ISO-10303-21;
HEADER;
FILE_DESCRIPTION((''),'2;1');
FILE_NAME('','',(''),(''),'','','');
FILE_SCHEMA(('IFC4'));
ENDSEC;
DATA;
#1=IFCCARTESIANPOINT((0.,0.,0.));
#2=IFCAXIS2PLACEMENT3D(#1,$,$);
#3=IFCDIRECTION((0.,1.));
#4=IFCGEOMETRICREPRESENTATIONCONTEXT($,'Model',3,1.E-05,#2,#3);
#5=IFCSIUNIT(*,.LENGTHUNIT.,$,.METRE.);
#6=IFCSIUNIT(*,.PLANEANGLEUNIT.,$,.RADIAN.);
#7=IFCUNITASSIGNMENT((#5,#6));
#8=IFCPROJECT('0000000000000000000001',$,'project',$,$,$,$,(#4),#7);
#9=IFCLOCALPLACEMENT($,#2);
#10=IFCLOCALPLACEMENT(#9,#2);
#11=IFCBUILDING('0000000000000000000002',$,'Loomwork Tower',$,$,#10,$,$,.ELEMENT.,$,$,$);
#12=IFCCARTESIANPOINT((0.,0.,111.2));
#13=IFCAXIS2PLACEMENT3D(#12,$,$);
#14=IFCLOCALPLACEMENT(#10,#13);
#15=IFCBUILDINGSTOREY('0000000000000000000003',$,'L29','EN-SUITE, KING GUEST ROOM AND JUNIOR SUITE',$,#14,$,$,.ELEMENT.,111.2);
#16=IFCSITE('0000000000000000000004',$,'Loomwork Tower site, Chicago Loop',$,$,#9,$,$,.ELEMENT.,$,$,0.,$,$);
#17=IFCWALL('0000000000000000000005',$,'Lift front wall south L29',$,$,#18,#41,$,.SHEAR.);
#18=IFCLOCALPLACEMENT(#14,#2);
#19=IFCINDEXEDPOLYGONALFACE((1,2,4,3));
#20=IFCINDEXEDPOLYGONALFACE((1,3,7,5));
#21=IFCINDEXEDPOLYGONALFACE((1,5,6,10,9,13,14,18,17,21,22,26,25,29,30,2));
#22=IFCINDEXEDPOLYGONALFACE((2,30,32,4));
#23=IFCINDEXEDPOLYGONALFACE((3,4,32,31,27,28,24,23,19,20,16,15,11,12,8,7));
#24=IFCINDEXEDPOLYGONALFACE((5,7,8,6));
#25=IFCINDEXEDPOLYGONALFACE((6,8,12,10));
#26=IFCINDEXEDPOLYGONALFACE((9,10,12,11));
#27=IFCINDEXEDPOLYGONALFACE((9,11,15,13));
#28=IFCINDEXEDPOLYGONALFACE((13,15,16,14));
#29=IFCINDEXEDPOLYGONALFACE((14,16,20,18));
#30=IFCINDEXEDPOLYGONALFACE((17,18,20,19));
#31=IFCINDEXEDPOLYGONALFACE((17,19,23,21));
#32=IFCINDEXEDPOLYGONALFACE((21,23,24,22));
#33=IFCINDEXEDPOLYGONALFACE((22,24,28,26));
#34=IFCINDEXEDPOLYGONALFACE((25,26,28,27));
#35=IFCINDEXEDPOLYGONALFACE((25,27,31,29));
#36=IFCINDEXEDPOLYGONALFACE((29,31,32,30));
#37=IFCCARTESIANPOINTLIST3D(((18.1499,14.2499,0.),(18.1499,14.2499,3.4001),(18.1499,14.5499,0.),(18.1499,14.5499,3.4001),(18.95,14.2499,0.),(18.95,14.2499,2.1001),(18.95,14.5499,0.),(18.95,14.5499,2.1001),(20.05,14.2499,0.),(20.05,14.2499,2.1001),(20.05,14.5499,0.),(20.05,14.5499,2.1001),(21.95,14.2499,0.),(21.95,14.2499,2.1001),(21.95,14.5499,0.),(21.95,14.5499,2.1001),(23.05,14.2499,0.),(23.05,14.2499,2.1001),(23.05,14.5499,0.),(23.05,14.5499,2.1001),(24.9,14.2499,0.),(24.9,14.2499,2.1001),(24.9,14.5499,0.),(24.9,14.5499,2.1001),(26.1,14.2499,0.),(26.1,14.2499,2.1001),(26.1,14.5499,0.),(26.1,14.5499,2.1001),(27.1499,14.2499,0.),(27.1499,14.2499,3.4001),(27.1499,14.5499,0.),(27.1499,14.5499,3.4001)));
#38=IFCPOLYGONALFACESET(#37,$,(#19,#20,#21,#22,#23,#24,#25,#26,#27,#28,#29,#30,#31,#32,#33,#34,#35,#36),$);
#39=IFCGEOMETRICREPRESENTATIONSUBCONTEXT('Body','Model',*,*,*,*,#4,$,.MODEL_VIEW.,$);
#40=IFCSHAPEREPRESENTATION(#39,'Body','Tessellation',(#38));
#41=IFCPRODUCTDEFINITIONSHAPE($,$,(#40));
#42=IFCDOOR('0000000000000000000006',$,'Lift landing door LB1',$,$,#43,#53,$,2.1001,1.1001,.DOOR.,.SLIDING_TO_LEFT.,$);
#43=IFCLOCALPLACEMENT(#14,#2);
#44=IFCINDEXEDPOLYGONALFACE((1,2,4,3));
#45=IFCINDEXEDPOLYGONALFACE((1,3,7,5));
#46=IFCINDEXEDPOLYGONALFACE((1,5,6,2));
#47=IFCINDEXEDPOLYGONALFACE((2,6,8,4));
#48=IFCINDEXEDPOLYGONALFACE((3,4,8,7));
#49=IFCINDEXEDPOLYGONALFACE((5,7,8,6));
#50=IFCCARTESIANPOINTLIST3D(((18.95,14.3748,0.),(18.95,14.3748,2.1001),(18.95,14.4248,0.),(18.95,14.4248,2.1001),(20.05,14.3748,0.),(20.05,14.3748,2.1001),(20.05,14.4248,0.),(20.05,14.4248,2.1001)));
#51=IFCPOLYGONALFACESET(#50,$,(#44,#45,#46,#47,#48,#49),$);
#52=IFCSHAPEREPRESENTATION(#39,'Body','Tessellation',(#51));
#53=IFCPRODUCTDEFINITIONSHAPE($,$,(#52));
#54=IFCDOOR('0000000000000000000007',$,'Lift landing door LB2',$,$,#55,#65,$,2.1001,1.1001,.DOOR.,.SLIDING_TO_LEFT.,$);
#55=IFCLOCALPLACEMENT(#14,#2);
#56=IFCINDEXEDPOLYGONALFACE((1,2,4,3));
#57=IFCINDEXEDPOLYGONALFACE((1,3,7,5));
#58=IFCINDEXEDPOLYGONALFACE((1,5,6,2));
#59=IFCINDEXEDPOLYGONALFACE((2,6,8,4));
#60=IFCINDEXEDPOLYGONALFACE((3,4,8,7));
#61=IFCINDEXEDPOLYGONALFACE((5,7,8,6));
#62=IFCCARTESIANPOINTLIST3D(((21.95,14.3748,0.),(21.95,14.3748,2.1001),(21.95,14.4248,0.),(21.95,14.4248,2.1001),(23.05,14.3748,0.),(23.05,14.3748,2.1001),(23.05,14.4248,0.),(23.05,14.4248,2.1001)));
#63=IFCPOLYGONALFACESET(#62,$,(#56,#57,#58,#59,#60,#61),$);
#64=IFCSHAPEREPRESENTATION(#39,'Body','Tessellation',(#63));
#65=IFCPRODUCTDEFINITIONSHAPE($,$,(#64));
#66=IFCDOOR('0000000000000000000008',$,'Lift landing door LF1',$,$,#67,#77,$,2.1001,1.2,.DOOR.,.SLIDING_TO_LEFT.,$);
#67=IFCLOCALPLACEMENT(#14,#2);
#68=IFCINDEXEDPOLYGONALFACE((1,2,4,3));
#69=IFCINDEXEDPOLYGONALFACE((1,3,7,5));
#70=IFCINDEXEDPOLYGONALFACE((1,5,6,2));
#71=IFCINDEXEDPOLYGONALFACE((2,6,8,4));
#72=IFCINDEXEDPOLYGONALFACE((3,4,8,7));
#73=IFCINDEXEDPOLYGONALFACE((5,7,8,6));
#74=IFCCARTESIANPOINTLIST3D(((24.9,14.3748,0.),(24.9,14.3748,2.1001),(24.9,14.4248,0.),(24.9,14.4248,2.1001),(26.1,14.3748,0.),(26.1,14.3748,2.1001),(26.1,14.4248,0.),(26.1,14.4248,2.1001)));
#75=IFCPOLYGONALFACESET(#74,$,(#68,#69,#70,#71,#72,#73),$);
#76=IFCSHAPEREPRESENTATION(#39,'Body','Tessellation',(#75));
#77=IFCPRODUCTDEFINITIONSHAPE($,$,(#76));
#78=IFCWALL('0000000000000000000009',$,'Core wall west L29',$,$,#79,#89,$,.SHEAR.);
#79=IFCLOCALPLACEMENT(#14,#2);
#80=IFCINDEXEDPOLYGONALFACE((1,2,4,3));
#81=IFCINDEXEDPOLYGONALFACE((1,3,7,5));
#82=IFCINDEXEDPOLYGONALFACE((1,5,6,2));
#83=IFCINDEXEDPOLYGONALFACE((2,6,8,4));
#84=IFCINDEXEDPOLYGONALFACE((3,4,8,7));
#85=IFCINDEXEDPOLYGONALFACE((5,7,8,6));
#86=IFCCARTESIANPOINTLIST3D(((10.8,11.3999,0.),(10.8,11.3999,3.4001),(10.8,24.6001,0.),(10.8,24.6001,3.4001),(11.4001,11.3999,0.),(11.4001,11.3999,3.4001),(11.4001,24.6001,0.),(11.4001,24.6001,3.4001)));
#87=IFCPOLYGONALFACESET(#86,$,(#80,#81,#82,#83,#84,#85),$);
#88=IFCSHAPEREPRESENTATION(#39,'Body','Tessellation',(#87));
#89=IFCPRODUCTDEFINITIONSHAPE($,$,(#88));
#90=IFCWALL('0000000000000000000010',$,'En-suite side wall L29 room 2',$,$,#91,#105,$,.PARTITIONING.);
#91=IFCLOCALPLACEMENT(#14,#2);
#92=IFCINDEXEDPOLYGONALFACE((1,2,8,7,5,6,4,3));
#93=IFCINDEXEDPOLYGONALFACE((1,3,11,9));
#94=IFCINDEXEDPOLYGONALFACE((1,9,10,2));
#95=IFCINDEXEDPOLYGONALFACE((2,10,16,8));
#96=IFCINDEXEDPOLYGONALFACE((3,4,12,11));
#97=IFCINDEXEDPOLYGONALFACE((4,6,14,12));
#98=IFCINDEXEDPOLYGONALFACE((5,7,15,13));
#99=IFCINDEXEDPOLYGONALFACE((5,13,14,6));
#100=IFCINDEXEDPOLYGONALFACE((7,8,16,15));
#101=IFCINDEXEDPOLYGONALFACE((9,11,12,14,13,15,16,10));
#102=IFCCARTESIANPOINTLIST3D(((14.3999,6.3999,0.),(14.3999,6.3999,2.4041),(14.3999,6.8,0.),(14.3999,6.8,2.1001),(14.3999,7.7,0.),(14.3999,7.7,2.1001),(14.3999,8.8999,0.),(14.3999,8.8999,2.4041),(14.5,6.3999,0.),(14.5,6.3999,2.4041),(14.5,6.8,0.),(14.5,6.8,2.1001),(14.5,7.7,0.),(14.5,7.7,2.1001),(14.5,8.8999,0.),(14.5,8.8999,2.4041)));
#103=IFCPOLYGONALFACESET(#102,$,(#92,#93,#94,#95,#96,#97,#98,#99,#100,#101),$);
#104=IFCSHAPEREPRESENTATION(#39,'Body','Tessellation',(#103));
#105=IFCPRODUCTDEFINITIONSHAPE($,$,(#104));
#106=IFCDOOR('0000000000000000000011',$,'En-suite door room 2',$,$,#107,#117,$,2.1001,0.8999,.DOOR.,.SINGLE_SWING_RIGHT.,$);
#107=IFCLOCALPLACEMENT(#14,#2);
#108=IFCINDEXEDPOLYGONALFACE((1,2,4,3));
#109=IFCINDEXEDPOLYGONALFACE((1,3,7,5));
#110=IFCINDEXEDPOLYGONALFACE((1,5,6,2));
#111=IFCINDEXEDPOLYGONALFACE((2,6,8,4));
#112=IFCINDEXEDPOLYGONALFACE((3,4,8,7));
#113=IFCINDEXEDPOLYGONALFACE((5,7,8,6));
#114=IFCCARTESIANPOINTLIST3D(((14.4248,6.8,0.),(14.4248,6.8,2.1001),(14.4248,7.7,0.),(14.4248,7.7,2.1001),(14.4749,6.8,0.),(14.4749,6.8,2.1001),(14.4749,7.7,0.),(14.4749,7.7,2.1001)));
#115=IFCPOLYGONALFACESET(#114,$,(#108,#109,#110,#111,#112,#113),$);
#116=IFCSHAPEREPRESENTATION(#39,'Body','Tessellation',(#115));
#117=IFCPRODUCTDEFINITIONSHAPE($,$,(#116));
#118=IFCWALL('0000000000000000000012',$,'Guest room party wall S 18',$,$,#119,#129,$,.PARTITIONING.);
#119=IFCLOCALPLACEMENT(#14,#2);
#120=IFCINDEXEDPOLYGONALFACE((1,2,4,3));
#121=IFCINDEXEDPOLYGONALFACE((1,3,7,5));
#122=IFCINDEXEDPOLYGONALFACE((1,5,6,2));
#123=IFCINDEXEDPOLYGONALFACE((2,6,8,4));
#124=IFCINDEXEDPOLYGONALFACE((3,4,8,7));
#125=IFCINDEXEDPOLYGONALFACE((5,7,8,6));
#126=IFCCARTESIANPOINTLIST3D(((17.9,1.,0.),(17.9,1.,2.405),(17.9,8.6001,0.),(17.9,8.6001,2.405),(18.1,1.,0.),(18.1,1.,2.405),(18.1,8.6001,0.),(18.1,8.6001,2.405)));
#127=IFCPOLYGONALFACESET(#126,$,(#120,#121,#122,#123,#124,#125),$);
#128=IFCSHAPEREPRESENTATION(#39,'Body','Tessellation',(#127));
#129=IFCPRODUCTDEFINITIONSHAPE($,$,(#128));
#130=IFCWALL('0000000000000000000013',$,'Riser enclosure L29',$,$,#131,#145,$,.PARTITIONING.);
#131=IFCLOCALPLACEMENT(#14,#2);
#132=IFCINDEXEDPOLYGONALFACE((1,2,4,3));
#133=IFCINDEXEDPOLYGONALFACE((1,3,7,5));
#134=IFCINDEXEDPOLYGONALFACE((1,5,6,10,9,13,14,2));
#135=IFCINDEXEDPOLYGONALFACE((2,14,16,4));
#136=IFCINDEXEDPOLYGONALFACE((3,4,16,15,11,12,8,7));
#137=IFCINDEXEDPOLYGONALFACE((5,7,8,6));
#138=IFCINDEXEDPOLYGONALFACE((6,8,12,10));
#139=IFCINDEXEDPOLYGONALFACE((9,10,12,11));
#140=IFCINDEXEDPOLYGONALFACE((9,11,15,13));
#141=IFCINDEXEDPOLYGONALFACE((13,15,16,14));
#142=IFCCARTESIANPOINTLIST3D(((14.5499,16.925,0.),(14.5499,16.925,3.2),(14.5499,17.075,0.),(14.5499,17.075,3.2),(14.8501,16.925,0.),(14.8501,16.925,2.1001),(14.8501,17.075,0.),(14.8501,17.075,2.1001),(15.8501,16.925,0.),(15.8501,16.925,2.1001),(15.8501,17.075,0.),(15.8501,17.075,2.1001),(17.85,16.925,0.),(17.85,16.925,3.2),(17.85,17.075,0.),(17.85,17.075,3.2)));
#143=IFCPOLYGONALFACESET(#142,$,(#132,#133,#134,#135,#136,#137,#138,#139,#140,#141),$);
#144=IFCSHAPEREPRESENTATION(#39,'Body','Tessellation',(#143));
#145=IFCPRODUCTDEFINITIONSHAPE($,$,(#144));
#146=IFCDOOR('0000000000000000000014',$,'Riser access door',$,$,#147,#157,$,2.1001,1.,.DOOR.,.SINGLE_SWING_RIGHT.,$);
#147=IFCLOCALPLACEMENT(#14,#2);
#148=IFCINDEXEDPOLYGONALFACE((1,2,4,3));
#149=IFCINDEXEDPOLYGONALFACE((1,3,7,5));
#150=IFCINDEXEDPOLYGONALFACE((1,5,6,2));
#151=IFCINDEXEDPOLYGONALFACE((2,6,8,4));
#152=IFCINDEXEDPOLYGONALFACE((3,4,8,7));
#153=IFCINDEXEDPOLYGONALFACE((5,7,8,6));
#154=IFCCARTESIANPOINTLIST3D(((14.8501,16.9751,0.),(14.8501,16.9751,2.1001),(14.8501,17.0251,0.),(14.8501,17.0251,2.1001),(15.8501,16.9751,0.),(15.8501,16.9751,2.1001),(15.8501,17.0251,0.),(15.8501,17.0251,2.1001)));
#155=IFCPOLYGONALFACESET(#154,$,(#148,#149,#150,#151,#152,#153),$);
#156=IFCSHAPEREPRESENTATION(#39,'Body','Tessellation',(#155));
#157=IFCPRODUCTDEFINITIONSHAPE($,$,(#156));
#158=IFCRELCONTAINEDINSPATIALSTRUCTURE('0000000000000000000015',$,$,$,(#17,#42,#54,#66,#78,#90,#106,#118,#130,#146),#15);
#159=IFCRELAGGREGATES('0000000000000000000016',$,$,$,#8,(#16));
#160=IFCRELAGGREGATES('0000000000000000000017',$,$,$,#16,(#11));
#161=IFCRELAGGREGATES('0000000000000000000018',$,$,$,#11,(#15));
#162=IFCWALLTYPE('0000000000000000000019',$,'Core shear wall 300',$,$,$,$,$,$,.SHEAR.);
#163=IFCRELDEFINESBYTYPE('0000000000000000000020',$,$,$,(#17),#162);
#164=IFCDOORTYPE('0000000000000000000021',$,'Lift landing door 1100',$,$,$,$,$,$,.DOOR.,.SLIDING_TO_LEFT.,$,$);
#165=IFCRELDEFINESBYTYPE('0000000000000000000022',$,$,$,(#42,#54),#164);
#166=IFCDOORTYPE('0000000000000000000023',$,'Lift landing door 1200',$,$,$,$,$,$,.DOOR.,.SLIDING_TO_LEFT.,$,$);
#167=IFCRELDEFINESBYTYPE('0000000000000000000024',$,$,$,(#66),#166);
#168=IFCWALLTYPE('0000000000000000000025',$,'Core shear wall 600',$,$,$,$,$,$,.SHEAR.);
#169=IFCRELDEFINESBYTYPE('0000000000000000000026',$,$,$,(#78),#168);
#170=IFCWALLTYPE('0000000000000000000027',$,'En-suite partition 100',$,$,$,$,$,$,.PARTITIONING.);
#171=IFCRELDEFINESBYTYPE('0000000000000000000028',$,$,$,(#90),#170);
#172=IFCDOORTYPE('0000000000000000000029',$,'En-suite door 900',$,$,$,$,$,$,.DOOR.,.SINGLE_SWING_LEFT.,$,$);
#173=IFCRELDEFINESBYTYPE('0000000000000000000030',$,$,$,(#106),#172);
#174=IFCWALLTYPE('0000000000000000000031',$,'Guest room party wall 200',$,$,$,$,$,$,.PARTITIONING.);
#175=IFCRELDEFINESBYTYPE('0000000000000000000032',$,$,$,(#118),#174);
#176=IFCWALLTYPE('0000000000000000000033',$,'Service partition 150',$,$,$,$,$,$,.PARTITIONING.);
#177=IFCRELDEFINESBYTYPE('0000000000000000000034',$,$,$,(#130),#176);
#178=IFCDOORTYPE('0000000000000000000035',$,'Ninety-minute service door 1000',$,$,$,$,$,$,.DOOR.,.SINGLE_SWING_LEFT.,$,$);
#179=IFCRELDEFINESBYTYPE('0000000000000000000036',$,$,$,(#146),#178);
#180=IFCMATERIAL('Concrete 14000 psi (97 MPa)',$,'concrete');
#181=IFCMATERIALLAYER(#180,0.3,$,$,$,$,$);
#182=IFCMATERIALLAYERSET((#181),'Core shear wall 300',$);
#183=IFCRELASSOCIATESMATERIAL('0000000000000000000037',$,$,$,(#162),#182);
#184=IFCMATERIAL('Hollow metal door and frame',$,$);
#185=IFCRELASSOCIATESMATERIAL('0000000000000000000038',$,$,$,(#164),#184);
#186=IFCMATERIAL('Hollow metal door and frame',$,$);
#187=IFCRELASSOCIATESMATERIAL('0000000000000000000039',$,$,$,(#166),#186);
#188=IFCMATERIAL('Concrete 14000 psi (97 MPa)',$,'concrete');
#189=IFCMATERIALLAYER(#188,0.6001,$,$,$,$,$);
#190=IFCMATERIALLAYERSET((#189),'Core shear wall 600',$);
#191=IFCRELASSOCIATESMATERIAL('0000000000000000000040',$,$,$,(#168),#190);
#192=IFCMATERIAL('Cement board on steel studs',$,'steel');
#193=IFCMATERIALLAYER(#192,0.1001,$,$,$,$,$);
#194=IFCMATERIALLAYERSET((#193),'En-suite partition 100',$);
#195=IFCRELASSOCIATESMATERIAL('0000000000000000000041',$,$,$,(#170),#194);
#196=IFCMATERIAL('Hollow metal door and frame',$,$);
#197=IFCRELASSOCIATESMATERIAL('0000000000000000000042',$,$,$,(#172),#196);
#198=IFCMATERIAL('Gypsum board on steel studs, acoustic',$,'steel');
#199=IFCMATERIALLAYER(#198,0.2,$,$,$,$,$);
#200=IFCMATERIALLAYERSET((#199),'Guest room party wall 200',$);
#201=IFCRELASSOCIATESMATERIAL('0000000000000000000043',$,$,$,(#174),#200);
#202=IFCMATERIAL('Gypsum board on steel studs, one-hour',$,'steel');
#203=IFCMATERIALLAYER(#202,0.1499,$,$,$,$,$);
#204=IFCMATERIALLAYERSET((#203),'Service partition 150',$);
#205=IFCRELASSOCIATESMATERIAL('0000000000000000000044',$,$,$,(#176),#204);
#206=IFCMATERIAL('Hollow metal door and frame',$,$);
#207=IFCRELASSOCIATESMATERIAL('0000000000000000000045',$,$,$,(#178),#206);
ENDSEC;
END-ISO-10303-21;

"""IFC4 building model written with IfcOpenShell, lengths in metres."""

from ifc_helpers import new_model, si_unit, direction, frame, frame_2d, origin, place, context, subcontext, project, spatial, rectangle, extrude, material, layer, layer_set, type_object, element, fill, save


model = new_model("IFC4")

# Units and contexts
model_context = context("Model", 3, precision=1e-05, world=origin(), true_north=direction((0.0, 1.0)))
body_context = subcontext(model_context, "Body", "Model", "MODEL_VIEW")
ifc_project = project(units=[si_unit("LENGTHUNIT", "METRE"), si_unit("PLANEANGLEUNIT", "RADIAN")], contexts=[model_context])

# Site, building, storey
site_placement = place(None, origin())
site = spatial("IfcSite", under=ifc_project, at=site_placement, Name="Loomwork Tower site, Chicago Loop", CompositionType="ELEMENT", RefElevation=0.0)
building_placement = place(site_placement, origin())
building = spatial("IfcBuilding", under=site, at=building_placement, Name="Loomwork Tower", CompositionType="ELEMENT")
storey_placement = place(building_placement, frame((0.0, 0.0, 111.2)))
storey = spatial("IfcBuildingStorey", under=building, at=storey_placement, Name="L29", Description="EN-SUITE, KING GUEST ROOM AND JUNIOR SUITE", CompositionType="ELEMENT", Elevation=111.2)

# Shared definitions
ifc_material_1 = material(Name="Concrete 14000 psi (97 MPa)", Category="concrete")
ifc_layer_1 = layer(ifc_material_1, 0.3)
ifc_layer_set_1 = layer_set([ifc_layer_1], Name="Core shear wall 300")
wall_type_1 = type_object("IfcWallType", Name="Core shear wall 300", PredefinedType="SHEAR", material=ifc_layer_set_1)

# Wall, openings, doors
wall_1_placement = place(storey_placement, frame((18.1499, 14.3999, 0.0), z_axis=(0.0, 0.0, 1.0), x_axis=(1.0, 0.0, 0.0)))
wall_1 = element("IfcWall", 1, at=wall_1_placement, inside=storey, type_object=wall_type_1, Name="Lift front wall south L29", PredefinedType="SHEAR", context=body_context, shape_type="SweptSolid", body=[
    extrude(rectangle(XDim=9.0, YDim=0.3, at=frame_2d((4.5, 0.0))), origin(), (0.0, 0.0, 1.0), 3.4001),
])
opening_1_placement = place(wall_1_placement, frame((0.8, 0.0, 0.0)))
opening_1 = element("IfcOpeningElement", 2, at=opening_1_placement, cuts=wall_1, PredefinedType="OPENING", context=body_context, shape_type="SweptSolid", body=[
    extrude(rectangle(XDim=1.1001, YDim=2.1001, at=frame_2d((0.55, 1.05))), frame((0.0, 0.1599, 0.0), z_axis=(0.0, -1.0, 0.0), x_axis=(1.0, 0.0, 0.0)), (0.0, 0.0, 1.0), 0.3201),
])
opening_2_placement = place(wall_1_placement, frame((3.8, 0.0, 0.0)))
opening_2 = element("IfcOpeningElement", 3, at=opening_2_placement, cuts=wall_1, PredefinedType="OPENING", context=body_context, shape_type="SweptSolid", body=[
    extrude(rectangle(XDim=1.1001, YDim=2.1001, at=frame_2d((0.55, 1.05))), frame((0.0, 0.1599, 0.0), z_axis=(0.0, -1.0, 0.0), x_axis=(1.0, 0.0, 0.0)), (0.0, 0.0, 1.0), 0.3201),
])
opening_3_placement = place(wall_1_placement, frame((6.75, 0.0, 0.0)))
opening_3 = element("IfcOpeningElement", 4, at=opening_3_placement, cuts=wall_1, PredefinedType="OPENING", context=body_context, shape_type="SweptSolid", body=[
    extrude(rectangle(XDim=1.2, YDim=2.1001, at=frame_2d((0.6001, 1.05))), frame((0.0, 0.1599, 0.0), z_axis=(0.0, -1.0, 0.0), x_axis=(1.0, 0.0, 0.0)), (0.0, 0.0, 1.0), 0.3201),
])
ifc_material_2 = material(Name="Hollow metal door and frame")
door_type_1 = type_object("IfcDoorType", Name="Lift landing door 1100", OperationType="SLIDING_TO_LEFT", PredefinedType="DOOR", material=ifc_material_2)
door_1_placement = place(opening_1_placement, origin())
door_1 = element("IfcDoor", 5, at=door_1_placement, inside=storey, type_object=door_type_1, Name="Lift landing door LB1", OperationType="SLIDING_TO_LEFT", OverallHeight=2.1001, OverallWidth=1.1001, PredefinedType="DOOR", context=body_context, shape_type="SweptSolid", body=[
    extrude(rectangle(XDim=1.1001, YDim=2.1001, at=frame_2d((0.55, 1.05))), frame((0.0, 0.0249, 0.0), z_axis=(0.0, -1.0, 0.0), x_axis=(1.0, 0.0, 0.0)), (0.0, 0.0, 1.0), 0.05),
])
fill(opening_1, door_1)
door_2_placement = place(opening_2_placement, origin())
door_2 = element("IfcDoor", 6, at=door_2_placement, inside=storey, type_object=door_type_1, Name="Lift landing door LB2", OperationType="SLIDING_TO_LEFT", OverallHeight=2.1001, OverallWidth=1.1001, PredefinedType="DOOR", context=body_context, shape_type="SweptSolid", body=[
    extrude(rectangle(XDim=1.1001, YDim=2.1001, at=frame_2d((0.55, 1.05))), frame((0.0, 0.0249, 0.0), z_axis=(0.0, -1.0, 0.0), x_axis=(1.0, 0.0, 0.0)), (0.0, 0.0, 1.0), 0.05),
])
fill(opening_2, door_2)
ifc_material_3 = material(Name="Hollow metal door and frame")
door_type_2 = type_object("IfcDoorType", Name="Lift landing door 1200", OperationType="SLIDING_TO_LEFT", PredefinedType="DOOR", material=ifc_material_3)
door_3_placement = place(opening_3_placement, origin())
door_3 = element("IfcDoor", 7, at=door_3_placement, inside=storey, type_object=door_type_2, Name="Lift landing door LF1", OperationType="SLIDING_TO_LEFT", OverallHeight=2.1001, OverallWidth=1.2, PredefinedType="DOOR", context=body_context, shape_type="SweptSolid", body=[
    extrude(rectangle(XDim=1.2, YDim=2.1001, at=frame_2d((0.6001, 1.05))), frame((0.0, 0.0249, 0.0), z_axis=(0.0, -1.0, 0.0), x_axis=(1.0, 0.0, 0.0)), (0.0, 0.0, 1.0), 0.05),
])
fill(opening_3, door_3)

# Wall
ifc_material_4 = material(Name="Concrete 14000 psi (97 MPa)", Category="concrete")
ifc_layer_2 = layer(ifc_material_4, 0.6001)
ifc_layer_set_2 = layer_set([ifc_layer_2], Name="Core shear wall 600")
wall_type_2 = type_object("IfcWallType", Name="Core shear wall 600", PredefinedType="SHEAR", material=ifc_layer_set_2)
wall_2_placement = place(storey_placement, frame((11.1001, 11.3999, 0.0), z_axis=(0.0, 0.0, 1.0), x_axis=(0.0, 1.0, 0.0)))
element("IfcWall", 8, at=wall_2_placement, inside=storey, type_object=wall_type_2, Name="Core wall west L29", PredefinedType="SHEAR", context=body_context, shape_type="SweptSolid", body=[
    extrude(rectangle(XDim=13.2002, YDim=0.6001, at=frame_2d((6.6001, 0.0))), origin(), (0.0, 0.0, 1.0), 3.4001),
])

# Wall, opening, door
ifc_material_5 = material(Name="Cement board on steel studs", Category="steel")
ifc_layer_3 = layer(ifc_material_5, 0.1001)
ifc_layer_set_3 = layer_set([ifc_layer_3], Name="En-suite partition 100")
wall_type_3 = type_object("IfcWallType", Name="En-suite partition 100", PredefinedType="PARTITIONING", material=ifc_layer_set_3)
wall_3_placement = place(storey_placement, frame((14.45, 8.8999, 0.0), z_axis=(0.0, 0.0, 1.0), x_axis=(0.0, -1.0, 0.0)))
wall_3 = element("IfcWall", 9, at=wall_3_placement, inside=storey, type_object=wall_type_3, Name="En-suite side wall L29 room 2", PredefinedType="PARTITIONING", context=body_context, shape_type="SweptSolid", body=[
    extrude(rectangle(XDim=2.5, YDim=0.1001, at=frame_2d((1.25, 0.0))), origin(), (0.0, 0.0, 1.0), 2.4041),
])
opening_4_placement = place(wall_3_placement, frame((1.2, 0.0, 0.0)))
opening_4 = element("IfcOpeningElement", 10, at=opening_4_placement, cuts=wall_3, PredefinedType="OPENING", context=body_context, shape_type="SweptSolid", body=[
    extrude(rectangle(XDim=0.8999, YDim=2.1001, at=frame_2d((0.45, 1.05))), frame((0.0, 0.0601, 0.0), z_axis=(0.0, -1.0, 0.0), x_axis=(1.0, 0.0, 0.0)), (0.0, 0.0, 1.0), 0.1201),
])
ifc_material_6 = material(Name="Hollow metal door and frame")
door_type_3 = type_object("IfcDoorType", Name="En-suite door 900", OperationType="SINGLE_SWING_LEFT", PredefinedType="DOOR", material=ifc_material_6)
door_4_placement = place(opening_4_placement, origin())
door_4 = element("IfcDoor", 11, at=door_4_placement, inside=storey, type_object=door_type_3, Name="En-suite door room 2", OperationType="SINGLE_SWING_RIGHT", OverallHeight=2.1001, OverallWidth=0.8999, PredefinedType="DOOR", context=body_context, shape_type="SweptSolid", body=[
    extrude(rectangle(XDim=0.8999, YDim=2.1001, at=frame_2d((0.45, 1.05))), frame((0.0, 0.0249, 0.0), z_axis=(0.0, -1.0, 0.0), x_axis=(1.0, 0.0, 0.0)), (0.0, 0.0, 1.0), 0.05),
])
fill(opening_4, door_4)

# Wall
ifc_material_7 = material(Name="Gypsum board on steel studs, acoustic", Category="steel")
ifc_layer_4 = layer(ifc_material_7, 0.2)
ifc_layer_set_4 = layer_set([ifc_layer_4], Name="Guest room party wall 200")
wall_type_4 = type_object("IfcWallType", Name="Guest room party wall 200", PredefinedType="PARTITIONING", material=ifc_layer_set_4)
wall_4_placement = place(storey_placement, frame((18.0, 8.6001, 0.0), z_axis=(0.0, 0.0, 1.0), x_axis=(0.0, -1.0, 0.0)))
element("IfcWall", 12, at=wall_4_placement, inside=storey, type_object=wall_type_4, Name="Guest room party wall S 18", PredefinedType="PARTITIONING", context=body_context, shape_type="SweptSolid", body=[
    extrude(rectangle(XDim=7.6001, YDim=0.2, at=frame_2d((3.8, 0.0))), origin(), (0.0, 0.0, 1.0), 2.405),
])

# Wall, opening, door
ifc_material_8 = material(Name="Gypsum board on steel studs, one-hour", Category="steel")
ifc_layer_5 = layer(ifc_material_8, 0.1499)
ifc_layer_set_5 = layer_set([ifc_layer_5], Name="Service partition 150")
wall_type_5 = type_object("IfcWallType", Name="Service partition 150", PredefinedType="PARTITIONING", material=ifc_layer_set_5)
wall_5_placement = place(storey_placement, frame((14.55, 17.0, 0.0), z_axis=(0.0, 0.0, 1.0), x_axis=(1.0, 0.0, 0.0)))
wall_5 = element("IfcWall", 13, at=wall_5_placement, inside=storey, type_object=wall_type_5, Name="Riser enclosure L29", PredefinedType="PARTITIONING", context=body_context, shape_type="SweptSolid", body=[
    extrude(rectangle(XDim=3.3, YDim=0.1499, at=frame_2d((1.6499, 0.0))), origin(), (0.0, 0.0, 1.0), 3.2),
])
opening_5_placement = place(wall_5_placement, frame((0.3, 0.0, 0.0)))
opening_5 = element("IfcOpeningElement", 14, at=opening_5_placement, cuts=wall_5, PredefinedType="OPENING", context=body_context, shape_type="SweptSolid", body=[
    extrude(rectangle(XDim=1.0, YDim=2.1001, at=frame_2d((0.5, 1.05))), frame((0.0, 0.085, 0.0), z_axis=(0.0, -1.0, 0.0), x_axis=(1.0, 0.0, 0.0)), (0.0, 0.0, 1.0), 0.1699),
])
ifc_material_9 = material(Name="Hollow metal door and frame")
door_type_4 = type_object("IfcDoorType", Name="Ninety-minute service door 1000", OperationType="SINGLE_SWING_LEFT", PredefinedType="DOOR", material=ifc_material_9)
door_5_placement = place(opening_5_placement, frame((1.0, 0.0, 0.0), z_axis=(0.0, 0.0, 1.0), x_axis=(-1.0, 0.0, 0.0)))
door_5 = element("IfcDoor", 15, at=door_5_placement, inside=storey, type_object=door_type_4, Name="Riser access door", OperationType="SINGLE_SWING_RIGHT", OverallHeight=2.1001, OverallWidth=1.0, PredefinedType="DOOR", context=body_context, shape_type="SweptSolid", body=[
    extrude(rectangle(XDim=1.0, YDim=2.1001, at=frame_2d((0.5, 1.05))), frame((0.0, 0.0249, 0.0), z_axis=(0.0, -1.0, 0.0), x_axis=(1.0, 0.0, 0.0)), (0.0, 0.0, 1.0), 0.05),
])
fill(opening_5, door_5)

save(model, "model.ifc")
